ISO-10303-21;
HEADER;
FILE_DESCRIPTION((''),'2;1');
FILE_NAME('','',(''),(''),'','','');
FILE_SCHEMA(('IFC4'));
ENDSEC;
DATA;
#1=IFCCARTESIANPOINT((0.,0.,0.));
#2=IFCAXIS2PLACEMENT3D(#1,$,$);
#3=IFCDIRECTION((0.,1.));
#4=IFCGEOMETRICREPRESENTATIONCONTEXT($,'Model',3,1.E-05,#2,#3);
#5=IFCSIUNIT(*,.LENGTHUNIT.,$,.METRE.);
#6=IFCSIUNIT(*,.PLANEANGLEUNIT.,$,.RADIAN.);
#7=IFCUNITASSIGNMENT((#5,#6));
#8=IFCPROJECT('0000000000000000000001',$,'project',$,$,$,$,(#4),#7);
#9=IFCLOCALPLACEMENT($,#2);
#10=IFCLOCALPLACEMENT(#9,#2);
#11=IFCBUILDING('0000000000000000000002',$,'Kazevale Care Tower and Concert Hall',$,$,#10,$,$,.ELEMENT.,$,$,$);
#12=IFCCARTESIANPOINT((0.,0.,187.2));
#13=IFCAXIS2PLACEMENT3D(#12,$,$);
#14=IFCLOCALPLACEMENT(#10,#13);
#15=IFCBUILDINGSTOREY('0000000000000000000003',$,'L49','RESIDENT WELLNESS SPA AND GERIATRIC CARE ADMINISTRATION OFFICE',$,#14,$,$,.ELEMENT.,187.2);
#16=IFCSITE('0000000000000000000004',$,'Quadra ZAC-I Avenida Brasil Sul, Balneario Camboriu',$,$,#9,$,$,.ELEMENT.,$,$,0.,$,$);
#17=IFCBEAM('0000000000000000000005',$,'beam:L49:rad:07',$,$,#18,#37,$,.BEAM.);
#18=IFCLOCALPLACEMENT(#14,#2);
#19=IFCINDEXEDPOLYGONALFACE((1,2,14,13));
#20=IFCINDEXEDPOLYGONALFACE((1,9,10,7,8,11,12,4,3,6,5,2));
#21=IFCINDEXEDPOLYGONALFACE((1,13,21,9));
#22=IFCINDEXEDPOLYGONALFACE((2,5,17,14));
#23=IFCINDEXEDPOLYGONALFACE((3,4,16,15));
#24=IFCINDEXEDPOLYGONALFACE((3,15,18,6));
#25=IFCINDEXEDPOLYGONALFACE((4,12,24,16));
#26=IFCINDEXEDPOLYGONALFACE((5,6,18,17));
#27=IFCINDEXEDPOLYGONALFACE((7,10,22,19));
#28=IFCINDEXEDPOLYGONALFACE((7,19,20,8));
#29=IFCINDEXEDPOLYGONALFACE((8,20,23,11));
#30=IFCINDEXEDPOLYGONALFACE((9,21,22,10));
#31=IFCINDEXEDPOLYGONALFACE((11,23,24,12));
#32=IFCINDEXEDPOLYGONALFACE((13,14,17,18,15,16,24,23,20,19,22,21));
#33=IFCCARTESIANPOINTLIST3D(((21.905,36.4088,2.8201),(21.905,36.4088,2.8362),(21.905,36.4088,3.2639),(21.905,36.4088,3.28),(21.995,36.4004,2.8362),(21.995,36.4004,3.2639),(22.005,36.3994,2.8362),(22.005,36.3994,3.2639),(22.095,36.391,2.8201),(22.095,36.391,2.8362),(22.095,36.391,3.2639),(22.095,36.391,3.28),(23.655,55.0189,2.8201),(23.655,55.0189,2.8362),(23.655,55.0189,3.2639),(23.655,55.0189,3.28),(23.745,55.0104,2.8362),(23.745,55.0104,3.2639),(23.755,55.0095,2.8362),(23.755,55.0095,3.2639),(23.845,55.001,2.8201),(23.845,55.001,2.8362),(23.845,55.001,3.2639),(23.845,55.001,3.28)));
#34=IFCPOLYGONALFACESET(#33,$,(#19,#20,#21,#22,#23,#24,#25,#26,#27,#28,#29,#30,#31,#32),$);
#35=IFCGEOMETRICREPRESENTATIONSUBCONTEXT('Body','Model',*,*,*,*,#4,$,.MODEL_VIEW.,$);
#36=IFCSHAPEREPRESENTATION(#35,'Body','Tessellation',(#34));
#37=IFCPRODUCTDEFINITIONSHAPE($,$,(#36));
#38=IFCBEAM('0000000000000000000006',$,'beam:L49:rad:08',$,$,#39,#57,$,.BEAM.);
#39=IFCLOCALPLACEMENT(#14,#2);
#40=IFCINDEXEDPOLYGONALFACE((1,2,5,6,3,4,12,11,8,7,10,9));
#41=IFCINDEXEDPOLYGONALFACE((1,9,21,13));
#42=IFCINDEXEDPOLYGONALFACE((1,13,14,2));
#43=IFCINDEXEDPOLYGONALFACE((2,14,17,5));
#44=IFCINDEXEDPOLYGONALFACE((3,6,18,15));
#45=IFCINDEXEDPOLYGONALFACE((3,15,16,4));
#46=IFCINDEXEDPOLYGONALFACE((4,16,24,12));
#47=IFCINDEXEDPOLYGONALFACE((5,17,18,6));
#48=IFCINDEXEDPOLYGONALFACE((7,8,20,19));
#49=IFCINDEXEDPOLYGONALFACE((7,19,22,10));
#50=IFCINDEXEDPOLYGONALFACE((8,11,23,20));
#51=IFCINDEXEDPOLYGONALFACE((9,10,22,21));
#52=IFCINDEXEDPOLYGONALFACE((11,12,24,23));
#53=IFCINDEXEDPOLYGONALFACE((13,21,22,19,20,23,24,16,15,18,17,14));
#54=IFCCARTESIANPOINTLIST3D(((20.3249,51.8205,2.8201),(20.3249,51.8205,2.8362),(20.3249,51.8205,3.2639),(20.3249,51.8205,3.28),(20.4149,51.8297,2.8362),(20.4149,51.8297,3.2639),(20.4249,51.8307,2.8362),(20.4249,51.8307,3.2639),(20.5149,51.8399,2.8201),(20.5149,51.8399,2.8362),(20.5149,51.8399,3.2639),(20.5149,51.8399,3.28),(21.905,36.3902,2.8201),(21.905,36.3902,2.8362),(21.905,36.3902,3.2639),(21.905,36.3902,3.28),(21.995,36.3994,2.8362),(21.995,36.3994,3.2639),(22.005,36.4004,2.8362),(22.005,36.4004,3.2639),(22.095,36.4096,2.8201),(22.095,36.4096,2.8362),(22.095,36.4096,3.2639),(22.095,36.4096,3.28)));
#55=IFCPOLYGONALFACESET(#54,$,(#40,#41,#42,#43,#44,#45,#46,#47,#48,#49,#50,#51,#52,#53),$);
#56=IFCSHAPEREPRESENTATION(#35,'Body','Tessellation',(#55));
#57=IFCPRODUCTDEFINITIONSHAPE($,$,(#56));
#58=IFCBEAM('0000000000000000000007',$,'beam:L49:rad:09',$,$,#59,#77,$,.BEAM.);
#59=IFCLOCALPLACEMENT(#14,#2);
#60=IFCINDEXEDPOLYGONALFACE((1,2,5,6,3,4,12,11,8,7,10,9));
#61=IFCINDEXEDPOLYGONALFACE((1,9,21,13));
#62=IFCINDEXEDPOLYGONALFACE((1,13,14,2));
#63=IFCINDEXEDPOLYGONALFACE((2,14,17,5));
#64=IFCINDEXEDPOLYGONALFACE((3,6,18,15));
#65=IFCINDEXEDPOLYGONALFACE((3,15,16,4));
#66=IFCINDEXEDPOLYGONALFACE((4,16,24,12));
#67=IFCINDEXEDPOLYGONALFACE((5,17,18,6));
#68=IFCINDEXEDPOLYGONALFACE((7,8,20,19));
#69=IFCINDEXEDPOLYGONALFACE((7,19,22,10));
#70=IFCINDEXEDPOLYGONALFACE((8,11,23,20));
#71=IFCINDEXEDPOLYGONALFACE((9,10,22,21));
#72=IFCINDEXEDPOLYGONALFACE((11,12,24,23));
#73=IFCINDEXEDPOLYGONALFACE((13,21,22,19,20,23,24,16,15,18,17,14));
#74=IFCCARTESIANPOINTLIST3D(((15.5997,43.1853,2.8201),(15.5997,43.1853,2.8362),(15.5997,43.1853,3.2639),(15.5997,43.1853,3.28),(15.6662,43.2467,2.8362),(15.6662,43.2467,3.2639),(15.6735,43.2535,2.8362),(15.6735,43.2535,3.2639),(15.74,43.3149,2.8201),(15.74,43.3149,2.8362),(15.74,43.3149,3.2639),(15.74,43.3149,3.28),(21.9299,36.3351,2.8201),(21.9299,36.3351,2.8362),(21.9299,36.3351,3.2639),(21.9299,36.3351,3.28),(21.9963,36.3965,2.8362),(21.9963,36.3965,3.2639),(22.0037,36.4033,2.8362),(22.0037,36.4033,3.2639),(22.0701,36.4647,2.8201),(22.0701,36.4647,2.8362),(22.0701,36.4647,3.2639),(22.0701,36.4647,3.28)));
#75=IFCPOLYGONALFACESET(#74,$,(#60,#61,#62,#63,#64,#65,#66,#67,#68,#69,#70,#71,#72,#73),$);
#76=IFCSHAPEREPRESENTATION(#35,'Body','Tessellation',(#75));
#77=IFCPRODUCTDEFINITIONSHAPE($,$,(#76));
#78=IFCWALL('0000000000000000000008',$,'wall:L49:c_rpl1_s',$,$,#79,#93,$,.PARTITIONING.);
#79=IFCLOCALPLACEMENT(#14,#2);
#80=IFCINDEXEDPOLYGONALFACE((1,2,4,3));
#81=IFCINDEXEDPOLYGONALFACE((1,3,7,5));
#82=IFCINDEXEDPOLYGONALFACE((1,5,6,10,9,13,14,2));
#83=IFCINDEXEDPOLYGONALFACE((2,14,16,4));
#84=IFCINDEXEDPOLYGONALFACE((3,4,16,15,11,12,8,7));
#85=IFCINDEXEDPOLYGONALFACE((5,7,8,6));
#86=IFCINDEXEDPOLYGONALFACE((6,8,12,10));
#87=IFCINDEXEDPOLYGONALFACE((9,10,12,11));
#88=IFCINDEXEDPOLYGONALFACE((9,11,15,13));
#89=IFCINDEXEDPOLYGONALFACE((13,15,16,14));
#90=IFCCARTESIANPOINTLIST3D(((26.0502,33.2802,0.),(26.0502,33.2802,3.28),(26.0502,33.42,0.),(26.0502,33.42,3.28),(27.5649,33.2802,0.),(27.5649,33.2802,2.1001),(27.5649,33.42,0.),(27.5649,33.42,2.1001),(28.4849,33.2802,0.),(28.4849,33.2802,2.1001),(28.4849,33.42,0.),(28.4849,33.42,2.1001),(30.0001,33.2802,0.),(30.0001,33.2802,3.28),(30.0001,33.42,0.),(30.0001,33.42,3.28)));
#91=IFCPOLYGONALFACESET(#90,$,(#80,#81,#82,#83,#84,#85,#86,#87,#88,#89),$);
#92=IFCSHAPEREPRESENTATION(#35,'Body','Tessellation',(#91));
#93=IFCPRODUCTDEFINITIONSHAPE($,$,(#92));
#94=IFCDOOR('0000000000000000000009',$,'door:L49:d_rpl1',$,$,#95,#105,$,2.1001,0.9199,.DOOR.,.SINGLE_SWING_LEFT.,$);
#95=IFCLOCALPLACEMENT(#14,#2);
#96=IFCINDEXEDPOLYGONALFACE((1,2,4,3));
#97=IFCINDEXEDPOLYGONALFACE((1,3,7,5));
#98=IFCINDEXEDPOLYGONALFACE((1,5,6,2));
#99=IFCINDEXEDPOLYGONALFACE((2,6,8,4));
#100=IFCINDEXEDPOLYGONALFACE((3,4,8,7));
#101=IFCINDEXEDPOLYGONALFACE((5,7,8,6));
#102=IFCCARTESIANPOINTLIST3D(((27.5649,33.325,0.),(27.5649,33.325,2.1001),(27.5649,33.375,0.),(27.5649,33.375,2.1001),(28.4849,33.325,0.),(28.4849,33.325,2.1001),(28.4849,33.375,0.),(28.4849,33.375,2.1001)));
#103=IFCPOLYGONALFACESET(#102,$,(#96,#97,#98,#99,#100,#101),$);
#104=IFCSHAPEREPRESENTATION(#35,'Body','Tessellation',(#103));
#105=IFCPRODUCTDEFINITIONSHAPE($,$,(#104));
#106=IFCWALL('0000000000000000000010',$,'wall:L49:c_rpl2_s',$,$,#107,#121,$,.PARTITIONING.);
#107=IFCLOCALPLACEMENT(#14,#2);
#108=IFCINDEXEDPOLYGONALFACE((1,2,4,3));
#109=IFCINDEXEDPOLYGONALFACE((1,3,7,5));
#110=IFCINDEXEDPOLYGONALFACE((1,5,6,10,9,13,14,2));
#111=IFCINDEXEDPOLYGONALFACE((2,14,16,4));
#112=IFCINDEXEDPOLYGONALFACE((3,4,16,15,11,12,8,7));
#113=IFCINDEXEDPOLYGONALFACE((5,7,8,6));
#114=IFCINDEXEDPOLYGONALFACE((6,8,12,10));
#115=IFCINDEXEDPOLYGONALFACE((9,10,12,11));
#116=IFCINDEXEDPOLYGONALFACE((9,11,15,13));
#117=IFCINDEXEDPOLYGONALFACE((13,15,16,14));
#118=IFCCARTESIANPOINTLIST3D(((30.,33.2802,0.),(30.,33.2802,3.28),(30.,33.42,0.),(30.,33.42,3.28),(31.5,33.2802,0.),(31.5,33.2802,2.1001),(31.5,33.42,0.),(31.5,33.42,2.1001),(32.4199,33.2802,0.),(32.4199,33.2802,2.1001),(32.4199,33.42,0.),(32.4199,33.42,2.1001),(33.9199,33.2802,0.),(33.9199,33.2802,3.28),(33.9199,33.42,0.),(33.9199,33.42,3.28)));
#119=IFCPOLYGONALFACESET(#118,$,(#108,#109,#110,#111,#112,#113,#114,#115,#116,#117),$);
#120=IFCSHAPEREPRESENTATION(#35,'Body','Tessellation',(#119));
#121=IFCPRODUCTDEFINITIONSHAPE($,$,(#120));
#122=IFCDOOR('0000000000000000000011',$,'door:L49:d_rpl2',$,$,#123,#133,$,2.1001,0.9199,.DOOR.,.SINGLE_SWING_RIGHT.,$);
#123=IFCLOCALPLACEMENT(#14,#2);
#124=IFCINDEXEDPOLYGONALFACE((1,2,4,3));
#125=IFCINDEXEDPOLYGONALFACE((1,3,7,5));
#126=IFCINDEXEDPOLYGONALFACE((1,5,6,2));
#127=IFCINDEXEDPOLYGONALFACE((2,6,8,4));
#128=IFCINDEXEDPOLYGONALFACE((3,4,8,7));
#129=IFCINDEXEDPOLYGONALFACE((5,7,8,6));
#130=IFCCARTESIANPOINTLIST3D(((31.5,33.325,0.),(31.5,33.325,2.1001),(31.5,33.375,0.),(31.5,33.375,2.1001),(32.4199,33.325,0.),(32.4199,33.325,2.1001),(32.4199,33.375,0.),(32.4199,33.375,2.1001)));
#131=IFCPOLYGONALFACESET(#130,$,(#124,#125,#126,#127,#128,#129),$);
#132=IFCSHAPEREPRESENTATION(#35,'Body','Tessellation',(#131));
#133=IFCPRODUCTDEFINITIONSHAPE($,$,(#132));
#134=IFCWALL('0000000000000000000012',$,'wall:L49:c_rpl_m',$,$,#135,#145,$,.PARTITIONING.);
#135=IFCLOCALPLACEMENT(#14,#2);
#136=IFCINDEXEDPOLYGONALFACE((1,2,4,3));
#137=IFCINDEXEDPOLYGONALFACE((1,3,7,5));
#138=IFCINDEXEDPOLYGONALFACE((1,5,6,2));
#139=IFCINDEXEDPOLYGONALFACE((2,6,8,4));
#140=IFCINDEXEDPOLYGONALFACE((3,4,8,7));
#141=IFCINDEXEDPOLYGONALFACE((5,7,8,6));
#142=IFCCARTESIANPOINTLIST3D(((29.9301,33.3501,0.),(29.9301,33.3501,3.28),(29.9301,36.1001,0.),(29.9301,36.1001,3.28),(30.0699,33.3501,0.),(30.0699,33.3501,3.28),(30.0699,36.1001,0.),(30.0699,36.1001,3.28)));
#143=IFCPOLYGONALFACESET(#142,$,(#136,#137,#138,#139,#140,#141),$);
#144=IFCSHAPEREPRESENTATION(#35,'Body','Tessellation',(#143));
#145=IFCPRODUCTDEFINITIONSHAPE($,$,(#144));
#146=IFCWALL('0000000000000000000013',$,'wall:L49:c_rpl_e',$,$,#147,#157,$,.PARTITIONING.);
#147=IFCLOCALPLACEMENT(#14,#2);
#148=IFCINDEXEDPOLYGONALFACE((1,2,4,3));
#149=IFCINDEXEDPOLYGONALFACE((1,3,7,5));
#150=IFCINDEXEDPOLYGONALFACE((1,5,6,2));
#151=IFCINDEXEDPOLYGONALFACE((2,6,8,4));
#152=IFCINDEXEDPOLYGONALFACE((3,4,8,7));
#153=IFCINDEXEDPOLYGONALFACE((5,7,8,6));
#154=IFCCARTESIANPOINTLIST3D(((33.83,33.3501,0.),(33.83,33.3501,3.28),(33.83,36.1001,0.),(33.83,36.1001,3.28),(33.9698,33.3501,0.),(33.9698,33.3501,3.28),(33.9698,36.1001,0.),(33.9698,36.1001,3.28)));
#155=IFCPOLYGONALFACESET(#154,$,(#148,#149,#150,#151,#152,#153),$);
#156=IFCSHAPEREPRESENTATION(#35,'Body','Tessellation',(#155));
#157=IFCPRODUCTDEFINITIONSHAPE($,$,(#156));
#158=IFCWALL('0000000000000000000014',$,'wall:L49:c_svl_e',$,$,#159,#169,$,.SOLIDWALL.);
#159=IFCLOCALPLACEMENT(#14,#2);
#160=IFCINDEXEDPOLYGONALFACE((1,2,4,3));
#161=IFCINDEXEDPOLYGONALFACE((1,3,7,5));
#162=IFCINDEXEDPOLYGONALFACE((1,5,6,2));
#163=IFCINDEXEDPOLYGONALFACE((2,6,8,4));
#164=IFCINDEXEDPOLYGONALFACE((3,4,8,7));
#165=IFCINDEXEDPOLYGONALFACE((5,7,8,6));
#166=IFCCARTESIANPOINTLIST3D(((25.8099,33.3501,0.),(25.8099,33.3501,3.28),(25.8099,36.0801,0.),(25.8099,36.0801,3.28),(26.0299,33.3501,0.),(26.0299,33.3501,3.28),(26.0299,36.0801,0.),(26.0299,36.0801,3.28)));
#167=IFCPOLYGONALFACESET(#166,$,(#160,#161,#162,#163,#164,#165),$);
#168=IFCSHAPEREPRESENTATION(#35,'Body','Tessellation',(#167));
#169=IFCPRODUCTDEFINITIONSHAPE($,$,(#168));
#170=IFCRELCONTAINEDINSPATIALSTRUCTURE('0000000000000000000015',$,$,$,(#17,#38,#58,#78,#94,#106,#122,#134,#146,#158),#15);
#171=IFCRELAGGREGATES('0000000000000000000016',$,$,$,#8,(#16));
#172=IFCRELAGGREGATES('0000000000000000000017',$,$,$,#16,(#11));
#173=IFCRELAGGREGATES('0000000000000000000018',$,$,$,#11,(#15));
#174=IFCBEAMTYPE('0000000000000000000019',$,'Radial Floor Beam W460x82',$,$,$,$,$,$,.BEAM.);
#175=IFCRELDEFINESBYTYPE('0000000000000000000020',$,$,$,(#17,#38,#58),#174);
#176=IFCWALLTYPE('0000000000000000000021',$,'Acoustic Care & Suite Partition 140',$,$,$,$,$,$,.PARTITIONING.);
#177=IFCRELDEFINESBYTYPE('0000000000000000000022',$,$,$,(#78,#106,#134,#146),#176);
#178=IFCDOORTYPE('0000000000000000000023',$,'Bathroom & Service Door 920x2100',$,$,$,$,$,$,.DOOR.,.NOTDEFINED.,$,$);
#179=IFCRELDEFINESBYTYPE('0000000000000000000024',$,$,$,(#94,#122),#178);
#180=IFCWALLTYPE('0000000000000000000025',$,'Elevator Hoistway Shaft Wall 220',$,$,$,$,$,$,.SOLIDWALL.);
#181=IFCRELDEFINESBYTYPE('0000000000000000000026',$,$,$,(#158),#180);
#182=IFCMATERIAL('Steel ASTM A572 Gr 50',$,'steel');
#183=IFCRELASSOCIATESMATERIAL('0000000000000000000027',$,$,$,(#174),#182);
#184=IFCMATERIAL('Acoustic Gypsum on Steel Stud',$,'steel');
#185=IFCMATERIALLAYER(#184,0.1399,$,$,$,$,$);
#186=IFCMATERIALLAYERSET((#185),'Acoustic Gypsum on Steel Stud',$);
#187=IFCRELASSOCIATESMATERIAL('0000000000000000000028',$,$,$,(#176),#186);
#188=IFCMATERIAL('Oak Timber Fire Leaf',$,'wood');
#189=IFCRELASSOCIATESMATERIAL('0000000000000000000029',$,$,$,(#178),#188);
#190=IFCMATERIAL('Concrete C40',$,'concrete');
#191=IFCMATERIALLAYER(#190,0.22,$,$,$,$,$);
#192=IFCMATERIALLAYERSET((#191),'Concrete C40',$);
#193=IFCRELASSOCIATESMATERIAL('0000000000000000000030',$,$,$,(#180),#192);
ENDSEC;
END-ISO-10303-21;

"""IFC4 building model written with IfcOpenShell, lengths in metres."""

from ifc_helpers import new_model, si_unit, direction, frame, frame_2d, origin, origin_2d, place, context, subcontext, project, spatial, rectangle, i_section, extrude, material, layer, layer_set, material_profile, profile_set, type_object, element, fill, save


model = new_model("IFC4")

# Units and contexts
model_context = context("Model", 3, precision=1e-05, world=origin(), true_north=direction((0.0, 1.0)))
body_context = subcontext(model_context, "Body", "Model", "MODEL_VIEW")
ifc_project = project(units=[si_unit("LENGTHUNIT", "METRE"), si_unit("PLANEANGLEUNIT", "RADIAN")], contexts=[model_context])

# Site, building, storey
site_placement = place(None, origin())
site = spatial("IfcSite", under=ifc_project, at=site_placement, Name="Quadra ZAC-I Avenida Brasil Sul, Balneario Camboriu", CompositionType="ELEMENT", RefElevation=0.0)
building_placement = place(site_placement, origin())
building = spatial("IfcBuilding", under=site, at=building_placement, Name="Kazevale Care Tower and Concert Hall", CompositionType="ELEMENT")
storey_placement = place(building_placement, frame((0.0, 0.0, 187.2)))
storey = spatial("IfcBuildingStorey", under=building, at=storey_placement, Name="L49", Description="RESIDENT WELLNESS SPA AND GERIATRIC CARE ADMINISTRATION OFFICE", CompositionType="ELEMENT", Elevation=187.2)

# Beams
ifc_material_1 = material(Name="Steel ASTM A572 Gr 50", Category="steel")
ifc_material_profile = material_profile(ifc_material_1, i_section(OverallWidth=0.1909, OverallDepth=0.46, WebThickness=0.01, FlangeThickness=0.0161, at=origin_2d()), Name="W460x82")
ifc_profile_set = profile_set([ifc_material_profile], Name="Steel ASTM A572 Gr 50")
beam_type = type_object("IfcBeamType", Name="Radial Floor Beam W460x82", PredefinedType="BEAM", material=ifc_profile_set)
beam_1_placement = place(storey_placement, frame((22.0, 36.3999, 3.05), z_axis=(0.093622, 0.995608, 0.0), x_axis=(-0.995608, 0.093622, 0.0)))
element("IfcBeam", 1, at=beam_1_placement, inside=storey, type_object=beam_type, Name="beam:L49:rad:07", PredefinedType="BEAM", context=body_context, shape_type="SweptSolid", body=[
    extrude(i_section(OverallWidth=0.1909, OverallDepth=0.46, WebThickness=0.01, FlangeThickness=0.0161, at=origin_2d()), origin(), (0.0, 0.0, 1.0), 18.6921),
])
beam_2_placement = place(storey_placement, frame((22.0, 36.3999, 3.05), z_axis=(-0.101869, 0.994798, 0.0), x_axis=(-0.994798, -0.101869, 0.0)))
element("IfcBeam", 2, at=beam_2_placement, inside=storey, type_object=beam_type, Name="beam:L49:rad:08", PredefinedType="BEAM", context=body_context, shape_type="SweptSolid", body=[
    extrude(i_section(OverallWidth=0.1909, OverallDepth=0.46, WebThickness=0.01, FlangeThickness=0.0161, at=origin_2d()), origin(), (0.0, 0.0, 1.0), 15.511),
])
beam_3_placement = place(storey_placement, frame((22.0, 36.3999, 3.05), z_axis=(-0.67868, 0.734434, 0.0), x_axis=(-0.734434, -0.67868, 0.0)))
element("IfcBeam", 3, at=beam_3_placement, inside=storey, type_object=beam_type, Name="beam:L49:rad:09", PredefinedType="BEAM", context=body_context, shape_type="SweptSolid", body=[
    extrude(i_section(OverallWidth=0.1909, OverallDepth=0.46, WebThickness=0.01, FlangeThickness=0.0161, at=origin_2d()), origin(), (0.0, 0.0, 1.0), 9.3271),
])

# Walls, openings, doors
ifc_material_2 = material(Name="Acoustic Gypsum on Steel Stud", Category="steel")
ifc_layer_1 = layer(ifc_material_2, 0.1399)
ifc_layer_set_1 = layer_set([ifc_layer_1], Name="Acoustic Gypsum on Steel Stud")
wall_type_1 = type_object("IfcWallType", Name="Acoustic Care & Suite Partition 140", PredefinedType="PARTITIONING", material=ifc_layer_set_1)
wall_1_placement = place(storey_placement, frame((26.05, 33.3501, 0.0), z_axis=(0.0, 0.0, 1.0), x_axis=(1.0, 0.0, 0.0)))
wall_1 = element("IfcWall", 4, at=wall_1_placement, inside=storey, type_object=wall_type_1, Name="wall:L49:c_rpl1_s", PredefinedType="PARTITIONING", context=body_context, shape_type="SweptSolid", body=[
    extrude(rectangle(XDim=3.95, YDim=0.1399, at=frame_2d((1.9751, 0.0))), origin(), (0.0, 0.0, 1.0), 3.28),
])
opening_1_placement = place(wall_1_placement, frame((1.5149, 0.0, 0.0)))
opening_1 = element("IfcOpeningElement", 5, at=opening_1_placement, cuts=wall_1, PredefinedType="OPENING", context=body_context, shape_type="SweptSolid", body=[
    extrude(rectangle(XDim=0.9199, YDim=2.1001, at=frame_2d((0.46, 1.05))), frame((0.0, 0.0798, 0.0), z_axis=(0.0, -1.0, 0.0), x_axis=(1.0, 0.0, 0.0)), (0.0, 0.0, 1.0), 0.1599),
])
ifc_material_3 = material(Name="Oak Timber Fire Leaf", Category="wood")
door_type_1 = type_object("IfcDoorType", Name="Bathroom & Service Door 920x2100", OperationType="NOTDEFINED", PredefinedType="DOOR", material=ifc_material_3)
door_1_placement = place(opening_1_placement, origin())
door_1 = element("IfcDoor", 6, at=door_1_placement, inside=storey, type_object=door_type_1, Name="door:L49:d_rpl1", OperationType="SINGLE_SWING_LEFT", OverallHeight=2.1001, OverallWidth=0.9199, PredefinedType="DOOR", context=body_context, shape_type="SweptSolid", body=[
    extrude(rectangle(XDim=0.9199, YDim=2.1001, at=frame_2d((0.46, 1.05))), frame((0.0, 0.0249, 0.0), z_axis=(0.0, -1.0, 0.0), x_axis=(1.0, 0.0, 0.0)), (0.0, 0.0, 1.0), 0.05),
])
fill(opening_1, door_1)
wall_2_placement = place(storey_placement, frame((30.0, 33.3501, 0.0), z_axis=(0.0, 0.0, 1.0), x_axis=(1.0, 0.0, 0.0)))
wall_2 = element("IfcWall", 7, at=wall_2_placement, inside=storey, type_object=wall_type_1, Name="wall:L49:c_rpl2_s", PredefinedType="PARTITIONING", context=body_context, shape_type="SweptSolid", body=[
    extrude(rectangle(XDim=3.9199, YDim=0.1399, at=frame_2d((1.96, 0.0))), origin(), (0.0, 0.0, 1.0), 3.28),
])
opening_2_placement = place(wall_2_placement, frame((1.5, 0.0, 0.0)))
opening_2 = element("IfcOpeningElement", 8, at=opening_2_placement, cuts=wall_2, PredefinedType="OPENING", context=body_context, shape_type="SweptSolid", body=[
    extrude(rectangle(XDim=0.9199, YDim=2.1001, at=frame_2d((0.46, 1.05))), frame((0.0, 0.0798, 0.0), z_axis=(0.0, -1.0, 0.0), x_axis=(1.0, 0.0, 0.0)), (0.0, 0.0, 1.0), 0.1599),
])
door_2_placement = place(opening_2_placement, origin())
door_2 = element("IfcDoor", 9, at=door_2_placement, inside=storey, type_object=door_type_1, Name="door:L49:d_rpl2", OperationType="SINGLE_SWING_RIGHT", OverallHeight=2.1001, OverallWidth=0.9199, PredefinedType="DOOR", context=body_context, shape_type="SweptSolid", body=[
    extrude(rectangle(XDim=0.9199, YDim=2.1001, at=frame_2d((0.46, 1.05))), frame((0.0, 0.0249, 0.0), z_axis=(0.0, -1.0, 0.0), x_axis=(1.0, 0.0, 0.0)), (0.0, 0.0, 1.0), 0.05),
])
fill(opening_2, door_2)

# Walls
for number, where, z_axis, x_axis, name in (
    (10, (30.0, 33.3501, 0.0), (0.0, 0.0, 1.0), (0.0, 1.0, 0.0), "wall:L49:c_rpl_m"),
    (11, (33.8999, 33.3501, 0.0), (0.0, 0.0, 1.0), (0.0, 1.0, 0.0), "wall:L49:c_rpl_e"),
):
    element("IfcWall", number, at=place(storey_placement, frame(where, z_axis=z_axis, x_axis=x_axis)), inside=storey, type_object=wall_type_1, Name=name, PredefinedType="PARTITIONING", context=body_context, shape_type="SweptSolid", body=[
        extrude(rectangle(XDim=2.75, YDim=0.1399, at=frame_2d((1.375, 0.0))), origin(), (0.0, 0.0, 1.0), 3.28),
    ])
ifc_material_4 = material(Name="Concrete C40", Category="concrete")
ifc_layer_2 = layer(ifc_material_4, 0.22)
ifc_layer_set_2 = layer_set([ifc_layer_2], Name="Concrete C40")
wall_type_2 = type_object("IfcWallType", Name="Elevator Hoistway Shaft Wall 220", PredefinedType="SOLIDWALL", material=ifc_layer_set_2)
wall_3_placement = place(storey_placement, frame((25.9199, 33.3501, 0.0), z_axis=(0.0, 0.0, 1.0), x_axis=(0.0, 1.0, 0.0)))
element("IfcWall", 12, at=wall_3_placement, inside=storey, type_object=wall_type_2, Name="wall:L49:c_svl_e", PredefinedType="SOLIDWALL", context=body_context, shape_type="SweptSolid", body=[
    extrude(rectangle(XDim=2.73, YDim=0.22, at=frame_2d((1.365, 0.0))), origin(), (0.0, 0.0, 1.0), 3.28),
])

save(model, "model.ifc")
